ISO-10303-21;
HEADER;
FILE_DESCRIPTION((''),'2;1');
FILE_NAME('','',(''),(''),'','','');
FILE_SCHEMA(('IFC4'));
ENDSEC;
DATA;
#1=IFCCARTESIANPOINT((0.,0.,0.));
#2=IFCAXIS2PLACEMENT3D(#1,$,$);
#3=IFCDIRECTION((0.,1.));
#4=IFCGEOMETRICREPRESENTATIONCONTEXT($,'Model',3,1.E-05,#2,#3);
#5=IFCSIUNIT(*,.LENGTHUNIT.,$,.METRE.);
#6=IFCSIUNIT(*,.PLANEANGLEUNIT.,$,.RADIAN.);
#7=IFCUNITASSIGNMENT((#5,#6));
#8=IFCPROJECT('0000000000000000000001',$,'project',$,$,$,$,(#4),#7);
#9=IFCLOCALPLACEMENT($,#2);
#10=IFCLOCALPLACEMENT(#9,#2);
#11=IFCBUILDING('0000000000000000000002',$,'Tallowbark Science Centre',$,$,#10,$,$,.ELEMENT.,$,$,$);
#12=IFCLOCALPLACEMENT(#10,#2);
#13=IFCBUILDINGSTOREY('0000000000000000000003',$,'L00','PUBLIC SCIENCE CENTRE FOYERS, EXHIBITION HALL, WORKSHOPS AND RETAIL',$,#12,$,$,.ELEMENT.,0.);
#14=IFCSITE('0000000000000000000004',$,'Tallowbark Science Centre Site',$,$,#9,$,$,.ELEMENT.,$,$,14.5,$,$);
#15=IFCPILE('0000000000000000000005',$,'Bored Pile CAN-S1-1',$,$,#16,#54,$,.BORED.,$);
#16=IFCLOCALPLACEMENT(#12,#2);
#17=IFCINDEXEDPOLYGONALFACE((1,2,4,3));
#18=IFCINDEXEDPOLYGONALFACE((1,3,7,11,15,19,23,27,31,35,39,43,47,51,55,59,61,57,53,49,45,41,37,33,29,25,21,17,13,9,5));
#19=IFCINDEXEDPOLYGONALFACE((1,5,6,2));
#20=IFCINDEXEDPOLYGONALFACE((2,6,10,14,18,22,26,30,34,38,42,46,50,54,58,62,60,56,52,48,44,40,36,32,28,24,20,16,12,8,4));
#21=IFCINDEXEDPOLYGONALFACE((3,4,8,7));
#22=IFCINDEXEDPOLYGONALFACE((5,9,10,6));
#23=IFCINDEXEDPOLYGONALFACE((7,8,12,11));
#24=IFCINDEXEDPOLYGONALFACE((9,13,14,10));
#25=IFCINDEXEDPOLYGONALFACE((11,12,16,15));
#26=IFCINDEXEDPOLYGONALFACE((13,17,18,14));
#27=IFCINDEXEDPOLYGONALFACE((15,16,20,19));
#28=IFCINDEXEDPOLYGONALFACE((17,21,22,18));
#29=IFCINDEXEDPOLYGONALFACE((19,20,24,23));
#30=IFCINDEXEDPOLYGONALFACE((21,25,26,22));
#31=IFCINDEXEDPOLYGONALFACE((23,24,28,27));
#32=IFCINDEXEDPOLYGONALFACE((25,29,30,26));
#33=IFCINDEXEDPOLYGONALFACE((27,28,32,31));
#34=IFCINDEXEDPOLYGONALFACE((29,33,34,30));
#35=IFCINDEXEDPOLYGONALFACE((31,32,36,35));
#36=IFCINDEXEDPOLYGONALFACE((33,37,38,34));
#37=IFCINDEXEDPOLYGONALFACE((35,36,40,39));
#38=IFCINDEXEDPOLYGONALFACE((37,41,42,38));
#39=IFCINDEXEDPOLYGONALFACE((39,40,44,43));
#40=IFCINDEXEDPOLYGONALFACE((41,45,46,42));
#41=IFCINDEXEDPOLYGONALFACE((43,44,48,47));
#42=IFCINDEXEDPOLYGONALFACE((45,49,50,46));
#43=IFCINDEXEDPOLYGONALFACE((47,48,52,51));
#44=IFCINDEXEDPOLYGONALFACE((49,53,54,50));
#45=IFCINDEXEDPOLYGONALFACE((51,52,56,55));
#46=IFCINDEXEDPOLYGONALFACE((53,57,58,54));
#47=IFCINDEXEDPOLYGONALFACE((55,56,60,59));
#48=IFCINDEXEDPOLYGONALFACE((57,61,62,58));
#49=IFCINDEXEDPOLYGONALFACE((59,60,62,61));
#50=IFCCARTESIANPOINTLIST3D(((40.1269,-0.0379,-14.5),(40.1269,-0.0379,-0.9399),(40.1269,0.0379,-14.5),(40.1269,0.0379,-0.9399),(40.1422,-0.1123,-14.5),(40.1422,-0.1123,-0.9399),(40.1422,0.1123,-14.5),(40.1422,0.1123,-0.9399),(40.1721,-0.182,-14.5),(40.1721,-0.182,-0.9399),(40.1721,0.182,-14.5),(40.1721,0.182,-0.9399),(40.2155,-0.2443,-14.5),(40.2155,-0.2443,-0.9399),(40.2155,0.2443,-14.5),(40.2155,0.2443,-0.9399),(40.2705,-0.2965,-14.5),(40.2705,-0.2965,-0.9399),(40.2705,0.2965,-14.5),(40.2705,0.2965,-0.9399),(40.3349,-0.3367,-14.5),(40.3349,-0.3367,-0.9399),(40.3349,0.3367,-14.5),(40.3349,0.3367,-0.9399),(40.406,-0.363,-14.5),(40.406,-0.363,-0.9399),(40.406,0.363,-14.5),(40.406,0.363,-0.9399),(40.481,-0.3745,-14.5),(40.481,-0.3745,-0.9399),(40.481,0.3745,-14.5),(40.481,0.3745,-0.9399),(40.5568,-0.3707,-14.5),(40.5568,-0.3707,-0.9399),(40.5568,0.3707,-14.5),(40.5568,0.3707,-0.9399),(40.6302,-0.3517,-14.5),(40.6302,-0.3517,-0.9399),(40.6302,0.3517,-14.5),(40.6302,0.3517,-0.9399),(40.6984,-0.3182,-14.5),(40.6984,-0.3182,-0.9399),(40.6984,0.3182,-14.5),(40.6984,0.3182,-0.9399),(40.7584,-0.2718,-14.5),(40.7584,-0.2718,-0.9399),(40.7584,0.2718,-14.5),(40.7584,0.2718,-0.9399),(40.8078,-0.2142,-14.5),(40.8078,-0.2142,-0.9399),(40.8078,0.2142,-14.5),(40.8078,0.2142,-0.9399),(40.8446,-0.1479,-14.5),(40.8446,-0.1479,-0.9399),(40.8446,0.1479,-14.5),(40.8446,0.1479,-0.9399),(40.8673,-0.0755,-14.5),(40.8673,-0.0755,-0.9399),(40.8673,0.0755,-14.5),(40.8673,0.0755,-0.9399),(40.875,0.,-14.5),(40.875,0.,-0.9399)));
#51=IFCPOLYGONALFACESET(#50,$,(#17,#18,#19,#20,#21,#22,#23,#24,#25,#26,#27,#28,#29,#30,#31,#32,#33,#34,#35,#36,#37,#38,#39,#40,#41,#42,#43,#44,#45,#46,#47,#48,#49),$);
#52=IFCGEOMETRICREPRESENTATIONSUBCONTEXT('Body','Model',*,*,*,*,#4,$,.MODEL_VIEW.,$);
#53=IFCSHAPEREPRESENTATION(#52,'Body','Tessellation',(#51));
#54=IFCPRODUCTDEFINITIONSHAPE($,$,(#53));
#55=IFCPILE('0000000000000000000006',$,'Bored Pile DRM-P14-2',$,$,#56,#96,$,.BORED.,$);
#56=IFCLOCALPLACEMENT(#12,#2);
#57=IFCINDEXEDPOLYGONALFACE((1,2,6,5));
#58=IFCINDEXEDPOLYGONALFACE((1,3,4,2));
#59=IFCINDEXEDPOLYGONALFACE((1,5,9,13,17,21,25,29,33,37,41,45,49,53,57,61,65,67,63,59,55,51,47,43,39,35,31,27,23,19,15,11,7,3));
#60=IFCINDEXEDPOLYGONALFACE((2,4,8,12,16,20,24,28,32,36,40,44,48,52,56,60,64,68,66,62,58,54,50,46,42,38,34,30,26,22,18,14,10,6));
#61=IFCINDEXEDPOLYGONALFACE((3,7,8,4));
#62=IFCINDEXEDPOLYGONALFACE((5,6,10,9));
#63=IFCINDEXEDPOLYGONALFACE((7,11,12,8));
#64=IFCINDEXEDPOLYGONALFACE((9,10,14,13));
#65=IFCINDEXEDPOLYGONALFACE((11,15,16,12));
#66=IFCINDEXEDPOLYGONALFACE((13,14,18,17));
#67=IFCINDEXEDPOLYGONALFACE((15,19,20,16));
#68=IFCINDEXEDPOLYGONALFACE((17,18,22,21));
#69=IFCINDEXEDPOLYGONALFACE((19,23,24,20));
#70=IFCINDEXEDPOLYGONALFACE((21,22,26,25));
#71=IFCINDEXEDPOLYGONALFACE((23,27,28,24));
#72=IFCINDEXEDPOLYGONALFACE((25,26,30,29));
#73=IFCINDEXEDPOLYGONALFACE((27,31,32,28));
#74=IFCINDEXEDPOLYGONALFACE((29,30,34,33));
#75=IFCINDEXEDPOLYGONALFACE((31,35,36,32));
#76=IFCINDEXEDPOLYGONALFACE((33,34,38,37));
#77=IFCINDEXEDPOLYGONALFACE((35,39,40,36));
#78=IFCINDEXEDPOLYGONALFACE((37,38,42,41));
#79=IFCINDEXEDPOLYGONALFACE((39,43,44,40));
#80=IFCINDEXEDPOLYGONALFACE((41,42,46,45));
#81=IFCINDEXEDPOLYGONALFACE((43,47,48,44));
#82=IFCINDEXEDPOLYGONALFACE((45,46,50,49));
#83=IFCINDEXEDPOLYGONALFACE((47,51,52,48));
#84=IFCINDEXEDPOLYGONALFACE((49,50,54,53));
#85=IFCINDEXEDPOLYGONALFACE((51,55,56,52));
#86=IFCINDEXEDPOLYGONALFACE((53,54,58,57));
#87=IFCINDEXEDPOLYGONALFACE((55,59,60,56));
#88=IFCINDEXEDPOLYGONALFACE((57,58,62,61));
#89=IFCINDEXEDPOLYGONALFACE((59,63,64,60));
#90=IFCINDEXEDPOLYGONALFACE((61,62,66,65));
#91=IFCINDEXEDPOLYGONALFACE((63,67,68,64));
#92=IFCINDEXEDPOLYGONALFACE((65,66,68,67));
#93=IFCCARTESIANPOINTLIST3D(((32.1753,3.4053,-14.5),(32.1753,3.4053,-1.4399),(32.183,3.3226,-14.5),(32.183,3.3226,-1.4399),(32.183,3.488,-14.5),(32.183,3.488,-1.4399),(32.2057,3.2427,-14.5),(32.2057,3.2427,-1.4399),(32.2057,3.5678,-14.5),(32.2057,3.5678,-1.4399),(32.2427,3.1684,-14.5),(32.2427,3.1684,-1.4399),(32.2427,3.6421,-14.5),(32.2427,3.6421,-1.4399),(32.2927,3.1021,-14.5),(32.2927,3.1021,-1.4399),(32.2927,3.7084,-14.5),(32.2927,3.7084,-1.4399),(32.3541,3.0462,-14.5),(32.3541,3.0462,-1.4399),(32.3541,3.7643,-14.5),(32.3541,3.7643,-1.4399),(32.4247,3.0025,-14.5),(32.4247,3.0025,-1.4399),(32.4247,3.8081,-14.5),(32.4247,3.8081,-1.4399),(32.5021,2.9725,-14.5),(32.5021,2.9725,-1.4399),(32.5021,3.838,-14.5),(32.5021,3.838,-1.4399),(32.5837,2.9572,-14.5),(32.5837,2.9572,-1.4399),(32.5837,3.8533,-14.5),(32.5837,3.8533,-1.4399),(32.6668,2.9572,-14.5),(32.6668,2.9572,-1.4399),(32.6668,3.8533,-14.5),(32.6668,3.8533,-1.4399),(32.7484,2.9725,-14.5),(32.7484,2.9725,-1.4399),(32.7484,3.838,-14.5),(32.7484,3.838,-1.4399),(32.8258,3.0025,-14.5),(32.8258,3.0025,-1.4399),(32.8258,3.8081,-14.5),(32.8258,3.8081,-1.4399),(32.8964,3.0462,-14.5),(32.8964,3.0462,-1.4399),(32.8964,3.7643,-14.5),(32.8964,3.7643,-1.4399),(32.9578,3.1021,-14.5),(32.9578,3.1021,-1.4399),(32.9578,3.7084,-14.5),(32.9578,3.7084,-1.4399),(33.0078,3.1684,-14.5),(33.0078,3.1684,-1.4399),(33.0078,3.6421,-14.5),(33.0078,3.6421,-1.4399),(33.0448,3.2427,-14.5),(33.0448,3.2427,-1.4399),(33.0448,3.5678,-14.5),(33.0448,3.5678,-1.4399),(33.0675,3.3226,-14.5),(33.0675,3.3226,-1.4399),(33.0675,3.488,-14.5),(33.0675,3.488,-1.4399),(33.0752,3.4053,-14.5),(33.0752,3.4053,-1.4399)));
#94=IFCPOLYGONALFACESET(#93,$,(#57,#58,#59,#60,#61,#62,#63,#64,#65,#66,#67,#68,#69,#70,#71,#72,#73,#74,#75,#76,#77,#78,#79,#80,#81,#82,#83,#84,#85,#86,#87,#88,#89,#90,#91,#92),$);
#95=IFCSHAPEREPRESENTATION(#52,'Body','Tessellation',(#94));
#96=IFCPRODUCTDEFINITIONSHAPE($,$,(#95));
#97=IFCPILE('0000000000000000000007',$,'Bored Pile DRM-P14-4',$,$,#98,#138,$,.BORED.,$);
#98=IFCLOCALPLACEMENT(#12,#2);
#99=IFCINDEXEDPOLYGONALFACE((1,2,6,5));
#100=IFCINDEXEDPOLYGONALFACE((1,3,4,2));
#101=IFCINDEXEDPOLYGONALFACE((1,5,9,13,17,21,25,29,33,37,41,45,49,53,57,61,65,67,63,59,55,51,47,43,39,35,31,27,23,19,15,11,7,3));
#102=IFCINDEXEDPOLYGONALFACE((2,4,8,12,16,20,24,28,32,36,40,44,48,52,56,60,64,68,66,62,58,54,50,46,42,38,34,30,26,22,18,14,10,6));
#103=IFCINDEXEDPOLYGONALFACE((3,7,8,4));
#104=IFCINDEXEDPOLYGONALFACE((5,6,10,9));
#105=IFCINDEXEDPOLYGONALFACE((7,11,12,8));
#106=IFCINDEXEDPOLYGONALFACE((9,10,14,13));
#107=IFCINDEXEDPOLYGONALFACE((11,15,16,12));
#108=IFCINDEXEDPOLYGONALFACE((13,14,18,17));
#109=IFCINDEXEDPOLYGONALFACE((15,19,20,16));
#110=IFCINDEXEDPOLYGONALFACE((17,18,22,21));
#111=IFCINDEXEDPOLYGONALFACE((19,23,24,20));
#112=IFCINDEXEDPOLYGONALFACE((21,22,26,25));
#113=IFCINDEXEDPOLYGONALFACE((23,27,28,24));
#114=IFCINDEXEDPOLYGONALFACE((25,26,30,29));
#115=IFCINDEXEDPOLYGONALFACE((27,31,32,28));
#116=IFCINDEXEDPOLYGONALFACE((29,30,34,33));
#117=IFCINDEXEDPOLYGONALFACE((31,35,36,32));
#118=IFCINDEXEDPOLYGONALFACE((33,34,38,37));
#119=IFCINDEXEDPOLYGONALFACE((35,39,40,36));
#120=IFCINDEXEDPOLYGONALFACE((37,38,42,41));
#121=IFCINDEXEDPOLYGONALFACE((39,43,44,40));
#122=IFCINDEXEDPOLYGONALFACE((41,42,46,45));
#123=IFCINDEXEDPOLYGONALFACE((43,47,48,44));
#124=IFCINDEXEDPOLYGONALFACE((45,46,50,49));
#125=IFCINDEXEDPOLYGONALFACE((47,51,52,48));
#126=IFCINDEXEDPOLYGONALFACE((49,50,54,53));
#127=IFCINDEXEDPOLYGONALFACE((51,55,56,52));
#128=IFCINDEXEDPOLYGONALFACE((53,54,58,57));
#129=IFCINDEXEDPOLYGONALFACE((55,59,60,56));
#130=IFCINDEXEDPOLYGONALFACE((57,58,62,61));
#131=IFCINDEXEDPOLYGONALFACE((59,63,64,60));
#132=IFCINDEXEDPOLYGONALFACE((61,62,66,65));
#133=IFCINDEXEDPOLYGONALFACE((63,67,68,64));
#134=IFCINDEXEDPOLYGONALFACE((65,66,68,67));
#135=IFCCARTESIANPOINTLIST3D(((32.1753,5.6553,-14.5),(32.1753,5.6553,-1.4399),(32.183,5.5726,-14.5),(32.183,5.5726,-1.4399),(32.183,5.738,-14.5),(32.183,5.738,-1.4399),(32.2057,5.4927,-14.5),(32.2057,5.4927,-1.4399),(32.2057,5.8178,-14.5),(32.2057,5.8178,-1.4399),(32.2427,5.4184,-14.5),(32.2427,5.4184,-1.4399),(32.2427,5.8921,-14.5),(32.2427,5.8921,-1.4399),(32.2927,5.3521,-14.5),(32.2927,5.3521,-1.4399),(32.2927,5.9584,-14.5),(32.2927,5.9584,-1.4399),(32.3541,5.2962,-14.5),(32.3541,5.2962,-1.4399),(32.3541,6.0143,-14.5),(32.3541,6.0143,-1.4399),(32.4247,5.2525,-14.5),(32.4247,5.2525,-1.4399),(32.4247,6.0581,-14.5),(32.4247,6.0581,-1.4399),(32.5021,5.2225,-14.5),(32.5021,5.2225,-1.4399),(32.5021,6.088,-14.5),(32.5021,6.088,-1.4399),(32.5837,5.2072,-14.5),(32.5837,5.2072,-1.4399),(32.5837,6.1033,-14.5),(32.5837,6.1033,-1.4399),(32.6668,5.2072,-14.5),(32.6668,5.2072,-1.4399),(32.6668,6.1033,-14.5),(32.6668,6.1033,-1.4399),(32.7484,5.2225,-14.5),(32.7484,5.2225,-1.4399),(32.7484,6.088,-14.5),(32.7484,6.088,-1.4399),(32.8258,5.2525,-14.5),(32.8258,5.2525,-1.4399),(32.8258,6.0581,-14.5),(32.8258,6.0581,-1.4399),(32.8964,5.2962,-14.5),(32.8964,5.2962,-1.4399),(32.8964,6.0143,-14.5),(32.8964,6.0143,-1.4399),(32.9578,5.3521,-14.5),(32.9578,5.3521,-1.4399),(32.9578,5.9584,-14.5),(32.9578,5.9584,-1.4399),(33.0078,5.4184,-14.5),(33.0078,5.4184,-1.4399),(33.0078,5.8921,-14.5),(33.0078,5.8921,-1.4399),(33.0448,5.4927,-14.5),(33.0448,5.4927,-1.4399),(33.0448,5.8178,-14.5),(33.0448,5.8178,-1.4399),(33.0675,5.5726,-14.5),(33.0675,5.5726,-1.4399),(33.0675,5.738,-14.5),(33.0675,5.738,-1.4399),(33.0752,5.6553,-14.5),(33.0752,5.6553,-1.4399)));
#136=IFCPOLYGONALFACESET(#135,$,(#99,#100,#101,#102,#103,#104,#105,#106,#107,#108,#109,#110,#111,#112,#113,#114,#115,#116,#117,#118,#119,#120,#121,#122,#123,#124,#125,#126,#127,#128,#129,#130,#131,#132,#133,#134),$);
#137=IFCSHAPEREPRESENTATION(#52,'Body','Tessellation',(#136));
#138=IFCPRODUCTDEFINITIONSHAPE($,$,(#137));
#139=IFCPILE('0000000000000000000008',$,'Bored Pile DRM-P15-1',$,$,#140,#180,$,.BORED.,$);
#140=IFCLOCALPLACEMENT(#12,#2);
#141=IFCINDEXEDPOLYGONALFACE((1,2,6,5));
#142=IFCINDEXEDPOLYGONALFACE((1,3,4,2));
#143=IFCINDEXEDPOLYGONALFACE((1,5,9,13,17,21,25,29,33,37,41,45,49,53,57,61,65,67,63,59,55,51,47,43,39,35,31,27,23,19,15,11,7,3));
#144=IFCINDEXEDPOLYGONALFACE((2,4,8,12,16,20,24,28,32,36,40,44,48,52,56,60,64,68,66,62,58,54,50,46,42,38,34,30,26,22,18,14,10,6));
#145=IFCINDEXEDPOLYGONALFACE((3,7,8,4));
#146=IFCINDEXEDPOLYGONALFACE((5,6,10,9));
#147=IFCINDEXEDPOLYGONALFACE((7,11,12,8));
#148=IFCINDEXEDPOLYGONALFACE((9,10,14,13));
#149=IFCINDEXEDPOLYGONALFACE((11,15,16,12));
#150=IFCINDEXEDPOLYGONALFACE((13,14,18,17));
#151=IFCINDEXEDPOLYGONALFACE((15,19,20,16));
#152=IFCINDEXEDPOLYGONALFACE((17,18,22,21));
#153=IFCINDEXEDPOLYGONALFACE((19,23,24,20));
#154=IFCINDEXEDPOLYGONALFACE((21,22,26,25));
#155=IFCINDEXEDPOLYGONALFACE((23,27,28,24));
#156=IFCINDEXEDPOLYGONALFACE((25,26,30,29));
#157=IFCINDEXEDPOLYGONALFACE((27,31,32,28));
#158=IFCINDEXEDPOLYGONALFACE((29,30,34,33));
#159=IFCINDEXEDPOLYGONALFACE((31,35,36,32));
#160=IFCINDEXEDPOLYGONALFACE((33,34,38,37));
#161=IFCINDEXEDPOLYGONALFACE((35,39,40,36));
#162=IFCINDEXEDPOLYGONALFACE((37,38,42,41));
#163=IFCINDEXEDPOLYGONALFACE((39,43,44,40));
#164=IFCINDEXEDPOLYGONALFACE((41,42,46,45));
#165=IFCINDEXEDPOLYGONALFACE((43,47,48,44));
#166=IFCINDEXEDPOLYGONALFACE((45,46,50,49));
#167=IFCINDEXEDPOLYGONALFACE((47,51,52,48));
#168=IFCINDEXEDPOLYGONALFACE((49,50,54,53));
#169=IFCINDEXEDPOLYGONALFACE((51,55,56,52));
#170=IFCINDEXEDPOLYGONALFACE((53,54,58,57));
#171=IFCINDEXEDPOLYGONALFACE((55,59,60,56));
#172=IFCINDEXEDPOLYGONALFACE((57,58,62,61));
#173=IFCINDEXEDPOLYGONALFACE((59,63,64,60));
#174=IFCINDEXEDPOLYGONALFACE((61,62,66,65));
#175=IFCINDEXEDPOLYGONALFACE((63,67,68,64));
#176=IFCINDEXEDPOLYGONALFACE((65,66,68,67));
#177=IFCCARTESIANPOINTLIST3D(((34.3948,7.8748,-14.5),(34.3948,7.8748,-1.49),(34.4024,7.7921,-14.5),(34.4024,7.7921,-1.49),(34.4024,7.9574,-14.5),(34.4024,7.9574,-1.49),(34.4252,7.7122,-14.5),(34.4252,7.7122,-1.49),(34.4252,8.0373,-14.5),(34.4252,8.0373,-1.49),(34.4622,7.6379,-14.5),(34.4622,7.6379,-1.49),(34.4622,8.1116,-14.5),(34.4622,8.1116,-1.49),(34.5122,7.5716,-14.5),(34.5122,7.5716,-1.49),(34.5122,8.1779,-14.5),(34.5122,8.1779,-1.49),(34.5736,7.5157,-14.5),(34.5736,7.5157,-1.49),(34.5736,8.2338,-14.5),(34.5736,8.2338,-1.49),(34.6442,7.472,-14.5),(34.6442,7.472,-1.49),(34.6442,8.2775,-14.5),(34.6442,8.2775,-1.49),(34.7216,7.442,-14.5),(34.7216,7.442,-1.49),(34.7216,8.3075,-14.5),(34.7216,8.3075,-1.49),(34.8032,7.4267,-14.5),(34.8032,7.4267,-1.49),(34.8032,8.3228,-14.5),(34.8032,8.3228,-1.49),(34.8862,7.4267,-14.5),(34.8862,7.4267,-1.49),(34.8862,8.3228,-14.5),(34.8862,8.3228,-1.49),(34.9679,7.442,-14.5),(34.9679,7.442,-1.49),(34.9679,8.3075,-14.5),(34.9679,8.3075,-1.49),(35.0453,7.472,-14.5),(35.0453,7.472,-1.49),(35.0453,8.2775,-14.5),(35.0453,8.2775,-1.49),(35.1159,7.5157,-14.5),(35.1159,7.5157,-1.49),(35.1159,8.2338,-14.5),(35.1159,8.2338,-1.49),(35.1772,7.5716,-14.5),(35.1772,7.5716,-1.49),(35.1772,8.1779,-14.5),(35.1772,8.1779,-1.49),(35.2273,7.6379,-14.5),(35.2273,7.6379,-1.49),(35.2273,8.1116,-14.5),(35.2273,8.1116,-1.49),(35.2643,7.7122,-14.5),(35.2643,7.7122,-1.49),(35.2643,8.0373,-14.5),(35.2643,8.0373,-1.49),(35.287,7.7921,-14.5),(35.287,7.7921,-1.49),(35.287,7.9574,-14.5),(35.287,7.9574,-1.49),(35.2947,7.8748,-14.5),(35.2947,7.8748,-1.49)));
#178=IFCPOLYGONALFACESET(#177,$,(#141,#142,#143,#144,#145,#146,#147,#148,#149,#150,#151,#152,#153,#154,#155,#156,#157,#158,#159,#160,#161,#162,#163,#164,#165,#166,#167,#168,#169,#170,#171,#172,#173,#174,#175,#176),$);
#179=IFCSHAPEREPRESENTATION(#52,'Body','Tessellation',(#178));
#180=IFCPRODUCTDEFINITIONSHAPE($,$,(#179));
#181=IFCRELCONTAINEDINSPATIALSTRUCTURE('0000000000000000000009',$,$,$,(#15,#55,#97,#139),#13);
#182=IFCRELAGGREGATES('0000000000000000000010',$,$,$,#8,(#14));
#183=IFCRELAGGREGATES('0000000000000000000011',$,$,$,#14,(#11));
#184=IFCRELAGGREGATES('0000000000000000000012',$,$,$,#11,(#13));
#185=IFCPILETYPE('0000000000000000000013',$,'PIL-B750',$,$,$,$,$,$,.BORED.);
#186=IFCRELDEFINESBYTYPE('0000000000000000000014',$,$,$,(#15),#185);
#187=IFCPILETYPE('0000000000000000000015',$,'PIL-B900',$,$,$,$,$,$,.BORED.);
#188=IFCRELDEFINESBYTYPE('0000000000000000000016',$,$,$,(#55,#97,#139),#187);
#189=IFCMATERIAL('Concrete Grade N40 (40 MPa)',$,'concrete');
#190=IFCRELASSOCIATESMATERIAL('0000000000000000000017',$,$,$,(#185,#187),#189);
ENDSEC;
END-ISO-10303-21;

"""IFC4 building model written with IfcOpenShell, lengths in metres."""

from ifc_helpers import new_model, si_unit, direction, frame, origin, origin_2d, place, context, subcontext, project, spatial, circle, extrude, material, material_profile, profile_set, type_object, element, save


model = new_model("IFC4")

# Units and contexts
model_context = context("Model", 3, precision=1e-05, world=origin(), true_north=direction((0.0, 1.0)))
body_context = subcontext(model_context, "Body", "Model", "MODEL_VIEW")
ifc_project = project(units=[si_unit("LENGTHUNIT", "METRE"), si_unit("PLANEANGLEUNIT", "RADIAN")], contexts=[model_context])

# Site, building, storey
site_placement = place(None, origin())
site = spatial("IfcSite", under=ifc_project, at=site_placement, Name="Tallowbark Science Centre Site", CompositionType="ELEMENT", RefElevation=14.5)
building_placement = place(site_placement, origin())
building = spatial("IfcBuilding", under=site, at=building_placement, Name="Tallowbark Science Centre", CompositionType="ELEMENT")
storey_placement = place(building_placement, origin())
storey = spatial("IfcBuildingStorey", under=building, at=storey_placement, Name="L00", Description="PUBLIC SCIENCE CENTRE FOYERS, EXHIBITION HALL, WORKSHOPS AND RETAIL", CompositionType="ELEMENT", Elevation=0.0)

# Shared definitions
ifc_material_1 = material(Name="Concrete Grade N40 (40 MPa)", Category="concrete")

# Piles
ifc_material_profile_1 = material_profile(ifc_material_1, circle(Radius=0.375, at=origin_2d()), Name="PILE750")
ifc_profile_set_1 = profile_set([ifc_material_profile_1], Name="Concrete Grade N40 (40 MPa)")
pile_type_1 = type_object("IfcPileType", Name="PIL-B750", PredefinedType="BORED", material=ifc_profile_set_1)
pile_1_placement = place(storey_placement, frame((40.5, 0.0, -0.9399), z_axis=(0.0, 0.0, -1.0), x_axis=(1.0, 0.0, 0.0)))
element("IfcPile", 1, at=pile_1_placement, inside=storey, type_object=pile_type_1, Name="Bored Pile CAN-S1-1", PredefinedType="BORED", context=body_context, shape_type="SweptSolid", body=[
    extrude(circle(Radius=0.375, at=origin_2d()), origin(), (0.0, 0.0, 1.0), 13.5601),
])
ifc_material_profile_2 = material_profile(ifc_material_1, circle(Radius=0.45, at=origin_2d()), Name="PILE900")
ifc_profile_set_2 = profile_set([ifc_material_profile_2], Name="Concrete Grade N40 (40 MPa)")
pile_type_2 = type_object("IfcPileType", Name="PIL-B900", PredefinedType="BORED", material=ifc_profile_set_2)
for number, where, z_axis, x_axis, name in (
    (2, (32.6252, 3.4053, -1.4399), (0.0, 0.0, -1.0), (1.0, 0.0, 0.0), "Bored Pile DRM-P14-2"),
    (3, (32.6252, 5.6553, -1.4399), (0.0, 0.0, -1.0), (1.0, 0.0, 0.0), "Bored Pile DRM-P14-4"),
):
    element("IfcPile", number, at=place(storey_placement, frame(where, z_axis=z_axis, x_axis=x_axis)), inside=storey, type_object=pile_type_2, Name=name, PredefinedType="BORED", context=body_context, shape_type="SweptSolid", body=[
        extrude(circle(Radius=0.45, at=origin_2d()), origin(), (0.0, 0.0, 1.0), 13.0601),
    ])
for number, where, z_axis, x_axis, name in (
    (4, (34.8447, 7.8748, -1.49), (0.0, 0.0, -1.0), (1.0, 0.0, 0.0), "Bored Pile DRM-P15-1"),
):
    element("IfcPile", number, at=place(storey_placement, frame(where, z_axis=z_axis, x_axis=x_axis)), inside=storey, type_object=pile_type_2, Name=name, PredefinedType="BORED", context=body_context, shape_type="SweptSolid", body=[
        extrude(circle(Radius=0.45, at=origin_2d()), origin(), (0.0, 0.0, 1.0), 13.01),
    ])

save(model, "model.ifc")
